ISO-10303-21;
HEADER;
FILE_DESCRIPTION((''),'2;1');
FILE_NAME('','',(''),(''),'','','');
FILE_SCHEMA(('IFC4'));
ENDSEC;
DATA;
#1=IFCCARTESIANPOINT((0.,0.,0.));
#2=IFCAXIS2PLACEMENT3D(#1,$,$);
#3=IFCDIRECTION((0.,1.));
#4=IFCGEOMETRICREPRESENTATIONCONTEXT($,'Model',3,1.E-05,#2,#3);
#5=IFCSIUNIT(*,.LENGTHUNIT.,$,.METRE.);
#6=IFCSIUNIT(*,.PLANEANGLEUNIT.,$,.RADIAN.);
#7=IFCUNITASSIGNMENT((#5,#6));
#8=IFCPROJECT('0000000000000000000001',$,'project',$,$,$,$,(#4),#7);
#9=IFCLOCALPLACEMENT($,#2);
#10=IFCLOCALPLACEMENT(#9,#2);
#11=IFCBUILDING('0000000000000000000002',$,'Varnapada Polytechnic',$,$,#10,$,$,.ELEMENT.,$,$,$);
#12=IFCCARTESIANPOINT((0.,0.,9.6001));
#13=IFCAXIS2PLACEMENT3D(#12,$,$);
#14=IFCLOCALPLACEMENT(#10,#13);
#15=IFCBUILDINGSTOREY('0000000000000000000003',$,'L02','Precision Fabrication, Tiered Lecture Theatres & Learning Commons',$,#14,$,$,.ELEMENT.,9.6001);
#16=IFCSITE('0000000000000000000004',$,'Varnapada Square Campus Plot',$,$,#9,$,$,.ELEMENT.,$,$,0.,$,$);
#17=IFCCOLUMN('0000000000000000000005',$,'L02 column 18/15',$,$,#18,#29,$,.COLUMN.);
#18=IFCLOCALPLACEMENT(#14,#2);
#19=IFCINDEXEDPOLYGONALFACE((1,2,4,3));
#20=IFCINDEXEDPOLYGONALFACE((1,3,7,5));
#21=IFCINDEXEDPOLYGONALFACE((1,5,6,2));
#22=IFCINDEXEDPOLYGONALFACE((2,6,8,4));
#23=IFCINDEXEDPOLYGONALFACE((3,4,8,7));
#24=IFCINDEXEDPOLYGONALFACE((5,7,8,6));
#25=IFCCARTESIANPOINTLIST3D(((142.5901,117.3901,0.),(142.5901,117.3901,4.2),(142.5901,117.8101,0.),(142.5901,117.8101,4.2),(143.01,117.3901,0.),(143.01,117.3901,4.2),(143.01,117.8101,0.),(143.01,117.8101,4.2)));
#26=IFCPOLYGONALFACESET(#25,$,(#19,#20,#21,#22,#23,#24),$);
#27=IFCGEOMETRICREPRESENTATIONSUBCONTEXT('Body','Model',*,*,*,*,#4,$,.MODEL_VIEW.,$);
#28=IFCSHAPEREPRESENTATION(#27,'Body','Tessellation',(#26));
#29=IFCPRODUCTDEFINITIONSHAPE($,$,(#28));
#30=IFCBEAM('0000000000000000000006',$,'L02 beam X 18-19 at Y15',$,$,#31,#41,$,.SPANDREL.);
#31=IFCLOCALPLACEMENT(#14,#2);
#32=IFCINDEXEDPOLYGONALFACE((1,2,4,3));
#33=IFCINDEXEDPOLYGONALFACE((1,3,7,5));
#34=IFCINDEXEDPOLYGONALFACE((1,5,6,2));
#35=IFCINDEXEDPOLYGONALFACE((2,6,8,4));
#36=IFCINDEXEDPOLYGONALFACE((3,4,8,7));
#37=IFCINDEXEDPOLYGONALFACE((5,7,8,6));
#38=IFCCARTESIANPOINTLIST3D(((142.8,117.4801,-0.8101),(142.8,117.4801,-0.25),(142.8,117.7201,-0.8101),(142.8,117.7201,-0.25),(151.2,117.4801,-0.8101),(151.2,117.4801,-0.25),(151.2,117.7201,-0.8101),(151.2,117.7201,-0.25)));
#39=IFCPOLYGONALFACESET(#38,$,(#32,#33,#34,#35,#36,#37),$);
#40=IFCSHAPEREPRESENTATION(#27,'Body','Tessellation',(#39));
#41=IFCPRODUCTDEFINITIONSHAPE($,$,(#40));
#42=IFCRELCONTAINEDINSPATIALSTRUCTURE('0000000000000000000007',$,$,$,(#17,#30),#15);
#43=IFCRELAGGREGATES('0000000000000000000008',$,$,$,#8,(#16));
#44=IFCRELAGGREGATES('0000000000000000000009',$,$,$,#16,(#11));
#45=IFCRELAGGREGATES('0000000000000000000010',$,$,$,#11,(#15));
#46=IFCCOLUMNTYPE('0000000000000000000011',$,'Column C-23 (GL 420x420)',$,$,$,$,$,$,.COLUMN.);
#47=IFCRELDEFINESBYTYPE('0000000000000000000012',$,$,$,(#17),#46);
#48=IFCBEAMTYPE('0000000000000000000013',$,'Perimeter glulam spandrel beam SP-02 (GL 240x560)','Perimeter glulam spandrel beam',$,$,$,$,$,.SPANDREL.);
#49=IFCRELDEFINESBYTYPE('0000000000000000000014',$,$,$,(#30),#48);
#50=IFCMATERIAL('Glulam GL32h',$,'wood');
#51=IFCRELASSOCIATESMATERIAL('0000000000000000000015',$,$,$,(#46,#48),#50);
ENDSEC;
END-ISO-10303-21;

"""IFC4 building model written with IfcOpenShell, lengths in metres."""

from ifc_helpers import new_model, si_unit, direction, frame, origin, origin_2d, place, context, subcontext, project, spatial, rectangle, extrude, material, material_profile, profile_set, type_object, element, save


model = new_model("IFC4")

# Units and contexts
model_context = context("Model", 3, precision=1e-05, world=origin(), true_north=direction((0.0, 1.0)))
body_context = subcontext(model_context, "Body", "Model", "MODEL_VIEW")
ifc_project = project(units=[si_unit("LENGTHUNIT", "METRE"), si_unit("PLANEANGLEUNIT", "RADIAN")], contexts=[model_context])

# Site, building, storey
site_placement = place(None, origin())
site = spatial("IfcSite", under=ifc_project, at=site_placement, Name="Varnapada Square Campus Plot", CompositionType="ELEMENT", RefElevation=0.0)
building_placement = place(site_placement, origin())
building = spatial("IfcBuilding", under=site, at=building_placement, Name="Varnapada Polytechnic", CompositionType="ELEMENT")
storey_placement = place(building_placement, frame((0.0, 0.0, 9.6001)))
storey = spatial("IfcBuildingStorey", under=building, at=storey_placement, Name="L02", Description="Precision Fabrication, Tiered Lecture Theatres & Learning Commons", CompositionType="ELEMENT", Elevation=9.6001)

# Column
ifc_material_1 = material(Name="Glulam GL32h", Category="wood")
ifc_material_profile_1 = material_profile(ifc_material_1, rectangle(XDim=0.4199, YDim=0.4199, at=origin_2d()), Name="GL 420x420")
ifc_profile_set_1 = profile_set([ifc_material_profile_1], Name="Glulam GL32h")
column_type = type_object("IfcColumnType", Name="Column C-23 (GL 420x420)", PredefinedType="COLUMN", material=ifc_profile_set_1)
column_placement = place(storey_placement, frame((142.8, 117.6001, 0.0), z_axis=(0.0, 0.0, 1.0), x_axis=(1.0, 0.0, 0.0)))
element("IfcColumn", 1, at=column_placement, inside=storey, type_object=column_type, Name="L02 column 18/15", PredefinedType="COLUMN", context=body_context, shape_type="SweptSolid", body=[
    extrude(rectangle(XDim=0.4199, YDim=0.4199, at=origin_2d()), origin(), (0.0, 0.0, 1.0), 4.2),
])

# Beam
ifc_material_profile_2 = material_profile(ifc_material_1, rectangle(XDim=0.24, YDim=0.5601, at=origin_2d()), Name="GL 240x560")
ifc_profile_set_2 = profile_set([ifc_material_profile_2], Name="Glulam GL32h")
beam_type = type_object("IfcBeamType", Name="Perimeter glulam spandrel beam SP-02 (GL 240x560)", Description="Perimeter glulam spandrel beam", PredefinedType="SPANDREL", material=ifc_profile_set_2)
beam_placement = place(storey_placement, frame((142.8, 117.6001, -0.53), z_axis=(1.0, 0.0, 0.0), x_axis=(0.0, 1.0, 0.0)))
element("IfcBeam", 2, at=beam_placement, inside=storey, type_object=beam_type, Name="L02 beam X 18-19 at Y15", PredefinedType="SPANDREL", context=body_context, shape_type="SweptSolid", body=[
    extrude(rectangle(XDim=0.24, YDim=0.5601, at=origin_2d()), origin(), (0.0, 0.0, 1.0), 8.3999),
])

save(model, "model.ifc")
